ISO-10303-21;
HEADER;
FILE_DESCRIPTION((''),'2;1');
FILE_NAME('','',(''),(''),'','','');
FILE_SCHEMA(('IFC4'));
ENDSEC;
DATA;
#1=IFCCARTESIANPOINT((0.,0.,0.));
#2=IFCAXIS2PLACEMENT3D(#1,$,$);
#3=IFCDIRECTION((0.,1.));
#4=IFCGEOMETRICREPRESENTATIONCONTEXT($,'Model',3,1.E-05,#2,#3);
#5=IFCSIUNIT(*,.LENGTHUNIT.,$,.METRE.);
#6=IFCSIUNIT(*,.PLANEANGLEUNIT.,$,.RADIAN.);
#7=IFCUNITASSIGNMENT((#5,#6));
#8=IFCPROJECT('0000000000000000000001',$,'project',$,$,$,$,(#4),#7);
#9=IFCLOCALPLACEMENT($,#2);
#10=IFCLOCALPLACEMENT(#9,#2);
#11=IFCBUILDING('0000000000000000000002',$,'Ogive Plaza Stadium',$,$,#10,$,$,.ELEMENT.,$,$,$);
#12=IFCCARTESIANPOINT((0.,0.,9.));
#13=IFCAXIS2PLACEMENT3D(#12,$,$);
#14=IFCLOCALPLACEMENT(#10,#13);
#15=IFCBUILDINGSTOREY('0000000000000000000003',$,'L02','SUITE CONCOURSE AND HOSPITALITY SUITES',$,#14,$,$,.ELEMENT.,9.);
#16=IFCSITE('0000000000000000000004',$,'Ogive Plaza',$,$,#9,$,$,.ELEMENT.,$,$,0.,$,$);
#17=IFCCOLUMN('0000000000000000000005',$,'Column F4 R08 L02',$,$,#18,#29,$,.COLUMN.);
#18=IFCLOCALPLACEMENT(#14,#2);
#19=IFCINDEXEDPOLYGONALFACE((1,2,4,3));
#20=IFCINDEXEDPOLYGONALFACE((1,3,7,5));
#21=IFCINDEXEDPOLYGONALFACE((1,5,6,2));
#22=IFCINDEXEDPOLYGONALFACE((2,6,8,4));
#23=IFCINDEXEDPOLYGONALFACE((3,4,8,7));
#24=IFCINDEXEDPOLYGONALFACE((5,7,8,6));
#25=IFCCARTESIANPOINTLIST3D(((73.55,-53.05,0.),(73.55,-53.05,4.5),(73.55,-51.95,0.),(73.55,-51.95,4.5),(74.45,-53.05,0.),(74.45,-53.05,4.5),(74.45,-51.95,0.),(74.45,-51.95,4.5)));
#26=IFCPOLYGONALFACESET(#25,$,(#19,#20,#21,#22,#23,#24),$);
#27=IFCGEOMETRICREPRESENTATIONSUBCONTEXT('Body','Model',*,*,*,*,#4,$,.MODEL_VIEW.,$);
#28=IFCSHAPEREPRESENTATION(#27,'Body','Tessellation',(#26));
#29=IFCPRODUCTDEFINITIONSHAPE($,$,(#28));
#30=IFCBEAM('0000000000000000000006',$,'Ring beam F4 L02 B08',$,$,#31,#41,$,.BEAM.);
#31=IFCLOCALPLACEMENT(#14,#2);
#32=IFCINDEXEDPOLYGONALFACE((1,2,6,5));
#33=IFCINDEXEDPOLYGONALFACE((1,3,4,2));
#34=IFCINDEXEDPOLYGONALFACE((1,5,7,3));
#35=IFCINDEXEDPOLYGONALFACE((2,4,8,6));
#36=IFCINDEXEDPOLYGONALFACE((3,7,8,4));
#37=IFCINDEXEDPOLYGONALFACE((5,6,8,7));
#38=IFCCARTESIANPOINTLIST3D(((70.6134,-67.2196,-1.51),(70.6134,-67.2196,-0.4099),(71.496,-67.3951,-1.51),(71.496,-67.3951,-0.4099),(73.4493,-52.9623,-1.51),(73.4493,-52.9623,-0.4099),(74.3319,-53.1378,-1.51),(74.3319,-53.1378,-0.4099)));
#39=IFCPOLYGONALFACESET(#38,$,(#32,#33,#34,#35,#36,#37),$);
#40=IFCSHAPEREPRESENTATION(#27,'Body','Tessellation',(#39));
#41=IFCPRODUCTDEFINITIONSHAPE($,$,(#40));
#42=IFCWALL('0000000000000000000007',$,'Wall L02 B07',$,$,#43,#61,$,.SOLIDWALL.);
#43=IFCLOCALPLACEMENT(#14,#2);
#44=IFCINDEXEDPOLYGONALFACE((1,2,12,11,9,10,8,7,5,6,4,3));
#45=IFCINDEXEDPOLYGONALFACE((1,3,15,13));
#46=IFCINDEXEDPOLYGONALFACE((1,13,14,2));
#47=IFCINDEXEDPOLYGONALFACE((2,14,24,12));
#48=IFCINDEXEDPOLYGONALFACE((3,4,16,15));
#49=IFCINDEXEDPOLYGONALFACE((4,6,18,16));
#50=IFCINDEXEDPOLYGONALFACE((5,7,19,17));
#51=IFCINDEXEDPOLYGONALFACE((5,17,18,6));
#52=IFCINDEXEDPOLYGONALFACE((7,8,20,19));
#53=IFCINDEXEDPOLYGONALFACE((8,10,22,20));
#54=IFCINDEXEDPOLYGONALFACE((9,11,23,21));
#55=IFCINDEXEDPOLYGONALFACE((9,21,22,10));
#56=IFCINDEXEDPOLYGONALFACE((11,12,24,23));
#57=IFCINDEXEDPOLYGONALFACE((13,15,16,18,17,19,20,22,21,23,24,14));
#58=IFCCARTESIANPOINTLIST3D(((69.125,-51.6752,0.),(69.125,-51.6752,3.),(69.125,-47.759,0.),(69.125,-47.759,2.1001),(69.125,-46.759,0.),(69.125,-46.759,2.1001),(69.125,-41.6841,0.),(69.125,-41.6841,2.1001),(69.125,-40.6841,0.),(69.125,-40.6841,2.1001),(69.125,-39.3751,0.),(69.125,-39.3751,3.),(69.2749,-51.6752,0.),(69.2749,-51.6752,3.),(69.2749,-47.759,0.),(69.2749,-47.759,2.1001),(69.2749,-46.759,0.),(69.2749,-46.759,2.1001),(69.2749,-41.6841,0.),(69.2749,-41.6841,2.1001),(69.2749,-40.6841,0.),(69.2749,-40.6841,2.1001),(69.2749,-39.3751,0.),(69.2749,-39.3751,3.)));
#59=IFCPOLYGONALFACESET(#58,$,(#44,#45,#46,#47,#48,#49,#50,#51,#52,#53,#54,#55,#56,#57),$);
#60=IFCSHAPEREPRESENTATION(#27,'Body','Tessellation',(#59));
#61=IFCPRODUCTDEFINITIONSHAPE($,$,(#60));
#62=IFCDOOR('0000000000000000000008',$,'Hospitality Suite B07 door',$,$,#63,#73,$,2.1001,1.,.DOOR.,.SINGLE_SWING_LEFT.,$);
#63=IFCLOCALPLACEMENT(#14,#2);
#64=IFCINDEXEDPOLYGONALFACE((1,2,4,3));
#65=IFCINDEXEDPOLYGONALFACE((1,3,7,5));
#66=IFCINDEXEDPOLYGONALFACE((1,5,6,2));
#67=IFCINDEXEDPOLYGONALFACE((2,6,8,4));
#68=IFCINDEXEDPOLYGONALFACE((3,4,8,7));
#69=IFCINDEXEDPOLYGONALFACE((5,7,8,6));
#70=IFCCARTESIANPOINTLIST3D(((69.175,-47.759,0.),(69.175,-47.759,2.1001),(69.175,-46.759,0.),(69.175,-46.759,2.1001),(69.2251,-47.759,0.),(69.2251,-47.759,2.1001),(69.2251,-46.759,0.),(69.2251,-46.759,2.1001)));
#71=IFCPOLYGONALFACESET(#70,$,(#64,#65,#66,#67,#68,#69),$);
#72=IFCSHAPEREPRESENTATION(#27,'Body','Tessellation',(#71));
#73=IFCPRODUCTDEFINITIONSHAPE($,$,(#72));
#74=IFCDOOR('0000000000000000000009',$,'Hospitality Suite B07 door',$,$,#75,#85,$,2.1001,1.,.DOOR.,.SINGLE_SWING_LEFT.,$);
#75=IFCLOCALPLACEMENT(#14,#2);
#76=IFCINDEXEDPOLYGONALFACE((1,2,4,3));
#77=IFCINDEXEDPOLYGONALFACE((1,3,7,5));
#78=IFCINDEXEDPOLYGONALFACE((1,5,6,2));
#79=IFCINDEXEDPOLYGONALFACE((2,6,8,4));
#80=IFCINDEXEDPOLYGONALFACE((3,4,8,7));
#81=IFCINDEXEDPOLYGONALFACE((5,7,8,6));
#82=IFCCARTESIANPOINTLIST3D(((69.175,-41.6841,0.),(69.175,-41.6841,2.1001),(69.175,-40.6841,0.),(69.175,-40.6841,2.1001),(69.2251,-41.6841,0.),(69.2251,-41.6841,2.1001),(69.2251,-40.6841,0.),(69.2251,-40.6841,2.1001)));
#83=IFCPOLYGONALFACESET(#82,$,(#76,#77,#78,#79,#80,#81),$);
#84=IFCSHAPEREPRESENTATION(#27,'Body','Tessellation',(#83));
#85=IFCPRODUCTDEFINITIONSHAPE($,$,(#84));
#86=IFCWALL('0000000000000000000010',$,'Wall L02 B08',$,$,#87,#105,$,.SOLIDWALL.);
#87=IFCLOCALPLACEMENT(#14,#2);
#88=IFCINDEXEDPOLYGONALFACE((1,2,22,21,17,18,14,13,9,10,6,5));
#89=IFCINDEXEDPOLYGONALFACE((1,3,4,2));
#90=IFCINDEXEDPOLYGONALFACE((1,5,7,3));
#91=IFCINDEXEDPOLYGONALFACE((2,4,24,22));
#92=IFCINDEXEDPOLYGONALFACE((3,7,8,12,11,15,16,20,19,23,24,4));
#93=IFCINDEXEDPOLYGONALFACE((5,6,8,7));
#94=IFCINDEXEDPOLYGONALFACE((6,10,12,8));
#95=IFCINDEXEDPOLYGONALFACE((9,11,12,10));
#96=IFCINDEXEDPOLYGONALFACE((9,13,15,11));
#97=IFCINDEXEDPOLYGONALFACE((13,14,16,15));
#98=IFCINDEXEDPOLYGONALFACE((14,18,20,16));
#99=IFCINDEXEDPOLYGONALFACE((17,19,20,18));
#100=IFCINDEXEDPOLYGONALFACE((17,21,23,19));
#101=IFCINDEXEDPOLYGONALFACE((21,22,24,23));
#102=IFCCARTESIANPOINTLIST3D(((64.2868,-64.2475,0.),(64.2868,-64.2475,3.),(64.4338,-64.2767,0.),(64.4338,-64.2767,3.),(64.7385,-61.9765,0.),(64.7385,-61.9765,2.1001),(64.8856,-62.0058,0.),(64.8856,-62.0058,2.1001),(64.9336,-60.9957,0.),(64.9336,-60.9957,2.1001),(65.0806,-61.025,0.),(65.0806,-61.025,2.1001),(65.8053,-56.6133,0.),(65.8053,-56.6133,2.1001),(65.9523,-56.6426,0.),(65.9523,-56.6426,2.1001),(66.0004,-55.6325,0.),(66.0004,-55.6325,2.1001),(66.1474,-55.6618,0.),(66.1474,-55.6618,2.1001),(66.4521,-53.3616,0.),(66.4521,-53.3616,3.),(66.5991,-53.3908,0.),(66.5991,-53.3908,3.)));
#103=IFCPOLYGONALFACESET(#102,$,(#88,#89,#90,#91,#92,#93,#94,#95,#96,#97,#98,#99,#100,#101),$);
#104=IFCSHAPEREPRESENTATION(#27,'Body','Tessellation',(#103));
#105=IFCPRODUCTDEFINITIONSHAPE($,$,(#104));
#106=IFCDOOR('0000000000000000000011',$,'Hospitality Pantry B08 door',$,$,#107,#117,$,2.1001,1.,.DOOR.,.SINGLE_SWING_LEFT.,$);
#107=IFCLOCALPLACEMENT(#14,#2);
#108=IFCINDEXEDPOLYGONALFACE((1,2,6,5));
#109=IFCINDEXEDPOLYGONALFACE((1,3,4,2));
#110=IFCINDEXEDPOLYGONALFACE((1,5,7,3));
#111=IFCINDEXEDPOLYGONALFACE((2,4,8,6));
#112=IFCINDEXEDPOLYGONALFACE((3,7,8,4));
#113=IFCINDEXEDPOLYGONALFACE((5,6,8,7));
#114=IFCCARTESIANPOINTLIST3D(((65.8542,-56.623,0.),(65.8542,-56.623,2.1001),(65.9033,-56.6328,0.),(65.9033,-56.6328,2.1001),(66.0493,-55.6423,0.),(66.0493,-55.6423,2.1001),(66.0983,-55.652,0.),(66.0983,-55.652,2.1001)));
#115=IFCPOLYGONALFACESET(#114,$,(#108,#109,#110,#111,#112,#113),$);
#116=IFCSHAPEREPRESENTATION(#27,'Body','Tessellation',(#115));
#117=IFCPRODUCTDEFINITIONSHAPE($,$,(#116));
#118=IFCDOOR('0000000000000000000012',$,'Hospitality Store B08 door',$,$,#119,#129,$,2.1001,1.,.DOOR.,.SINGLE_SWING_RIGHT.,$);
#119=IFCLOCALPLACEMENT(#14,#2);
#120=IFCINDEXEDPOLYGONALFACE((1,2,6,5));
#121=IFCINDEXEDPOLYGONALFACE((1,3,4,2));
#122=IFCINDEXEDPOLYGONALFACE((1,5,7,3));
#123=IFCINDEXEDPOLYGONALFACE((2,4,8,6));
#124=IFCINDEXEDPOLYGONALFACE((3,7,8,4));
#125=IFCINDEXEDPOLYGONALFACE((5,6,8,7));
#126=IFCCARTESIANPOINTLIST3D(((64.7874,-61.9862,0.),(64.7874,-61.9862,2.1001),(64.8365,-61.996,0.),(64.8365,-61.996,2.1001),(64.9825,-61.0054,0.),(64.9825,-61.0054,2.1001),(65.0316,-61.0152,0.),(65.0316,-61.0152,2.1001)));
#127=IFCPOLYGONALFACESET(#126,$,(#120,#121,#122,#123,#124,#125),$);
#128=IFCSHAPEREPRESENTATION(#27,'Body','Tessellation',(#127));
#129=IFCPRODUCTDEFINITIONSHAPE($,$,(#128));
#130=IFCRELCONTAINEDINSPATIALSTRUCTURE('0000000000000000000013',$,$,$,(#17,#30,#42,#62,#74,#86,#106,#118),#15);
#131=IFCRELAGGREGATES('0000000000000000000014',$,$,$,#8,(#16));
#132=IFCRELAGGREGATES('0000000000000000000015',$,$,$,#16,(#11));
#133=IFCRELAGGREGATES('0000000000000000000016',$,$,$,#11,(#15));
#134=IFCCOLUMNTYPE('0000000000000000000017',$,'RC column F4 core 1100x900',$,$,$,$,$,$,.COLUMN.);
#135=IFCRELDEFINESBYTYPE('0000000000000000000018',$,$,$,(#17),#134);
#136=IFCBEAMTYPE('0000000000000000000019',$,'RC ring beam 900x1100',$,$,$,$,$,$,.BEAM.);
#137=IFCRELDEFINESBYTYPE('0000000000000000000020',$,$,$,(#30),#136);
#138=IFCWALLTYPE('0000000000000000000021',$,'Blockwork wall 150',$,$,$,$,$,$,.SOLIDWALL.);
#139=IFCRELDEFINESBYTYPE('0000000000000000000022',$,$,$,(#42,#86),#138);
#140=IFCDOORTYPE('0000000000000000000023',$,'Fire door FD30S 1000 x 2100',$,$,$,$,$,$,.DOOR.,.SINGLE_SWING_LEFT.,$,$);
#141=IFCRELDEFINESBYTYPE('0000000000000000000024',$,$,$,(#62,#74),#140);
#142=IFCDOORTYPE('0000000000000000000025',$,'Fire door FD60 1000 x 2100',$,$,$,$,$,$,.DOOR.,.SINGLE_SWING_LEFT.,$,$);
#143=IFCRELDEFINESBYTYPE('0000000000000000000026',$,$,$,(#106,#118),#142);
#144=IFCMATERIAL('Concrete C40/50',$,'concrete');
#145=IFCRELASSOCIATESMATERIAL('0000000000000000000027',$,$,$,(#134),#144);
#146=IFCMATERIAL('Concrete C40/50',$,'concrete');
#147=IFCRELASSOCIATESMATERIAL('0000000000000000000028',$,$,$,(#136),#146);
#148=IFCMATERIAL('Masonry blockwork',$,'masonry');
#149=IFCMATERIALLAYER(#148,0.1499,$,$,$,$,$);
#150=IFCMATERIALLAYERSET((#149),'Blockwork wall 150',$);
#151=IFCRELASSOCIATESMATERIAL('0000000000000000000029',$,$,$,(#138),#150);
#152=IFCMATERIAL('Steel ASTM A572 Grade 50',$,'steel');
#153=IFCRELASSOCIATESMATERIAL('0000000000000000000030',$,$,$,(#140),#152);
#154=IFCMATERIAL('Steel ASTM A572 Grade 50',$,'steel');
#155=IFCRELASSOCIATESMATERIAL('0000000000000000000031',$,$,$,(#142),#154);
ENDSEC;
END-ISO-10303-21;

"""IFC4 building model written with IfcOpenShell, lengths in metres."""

from ifc_helpers import new_model, si_unit, direction, frame, frame_2d, origin, origin_2d, place, context, subcontext, project, spatial, rectangle, extrude, material, layer, layer_set, material_profile, profile_set, type_object, element, fill, save


model = new_model("IFC4")

# Units and contexts
model_context = context("Model", 3, precision=1e-05, world=origin(), true_north=direction((0.0, 1.0)))
body_context = subcontext(model_context, "Body", "Model", "MODEL_VIEW")
ifc_project = project(units=[si_unit("LENGTHUNIT", "METRE"), si_unit("PLANEANGLEUNIT", "RADIAN")], contexts=[model_context])

# Site, building, storey
site_placement = place(None, origin())
site = spatial("IfcSite", under=ifc_project, at=site_placement, Name="Ogive Plaza", CompositionType="ELEMENT", RefElevation=0.0)
building_placement = place(site_placement, origin())
building = spatial("IfcBuilding", under=site, at=building_placement, Name="Ogive Plaza Stadium", CompositionType="ELEMENT")
storey_placement = place(building_placement, frame((0.0, 0.0, 9.0)))
storey = spatial("IfcBuildingStorey", under=building, at=storey_placement, Name="L02", Description="SUITE CONCOURSE AND HOSPITALITY SUITES", CompositionType="ELEMENT", Elevation=9.0)

# Column
ifc_material_1 = material(Name="Concrete C40/50", Category="concrete")
ifc_material_profile_1 = material_profile(ifc_material_1, rectangle(XDim=1.1001, YDim=0.8999, at=origin_2d()), Name="RC 1100x900")
ifc_profile_set_1 = profile_set([ifc_material_profile_1], Name="Concrete C40/50")
column_type = type_object("IfcColumnType", Name="RC column F4 core 1100x900", PredefinedType="COLUMN", material=ifc_profile_set_1)
column_placement = place(storey_placement, frame((74.0, -52.5, 0.0), z_axis=(0.0, 0.0, 1.0), x_axis=(0.0, 1.0, 0.0)))
element("IfcColumn", 1, at=column_placement, inside=storey, type_object=column_type, Name="Column F4 R08 L02", PredefinedType="COLUMN", context=body_context, shape_type="SweptSolid", body=[
    extrude(rectangle(XDim=1.1001, YDim=0.8999, at=origin_2d()), origin(), (0.0, 0.0, 1.0), 4.5),
])

# Beam
ifc_material_2 = material(Name="Concrete C40/50", Category="concrete")
ifc_material_profile_2 = material_profile(ifc_material_2, rectangle(XDim=0.8999, YDim=1.1001, at=origin_2d()), Name="RC 900x1100")
ifc_profile_set_2 = profile_set([ifc_material_profile_2], Name="Concrete C40/50")
beam_type = type_object("IfcBeamType", Name="RC ring beam 900x1100", PredefinedType="BEAM", material=ifc_profile_set_2)
beam_placement = place(storey_placement, frame((73.8906, -53.05, -0.96), z_axis=(-0.195089, -0.980786, 0.0), x_axis=(0.980786, -0.195089, 0.0)))
element("IfcBeam", 2, at=beam_placement, inside=storey, type_object=beam_type, Name="Ring beam F4 L02 B08", PredefinedType="BEAM", context=body_context, shape_type="SweptSolid", body=[
    extrude(rectangle(XDim=0.8999, YDim=1.1001, at=origin_2d()), origin(), (0.0, 0.0, 1.0), 14.5366),
])

# Walls, openings, doors
ifc_material_3 = material(Name="Masonry blockwork", Category="masonry")
ifc_layer_1 = layer(ifc_material_3, 0.1499)
ifc_layer_set_1 = layer_set([ifc_layer_1], Name="Blockwork wall 150")
wall_type_1 = type_object("IfcWallType", Name="Blockwork wall 150", PredefinedType="SOLIDWALL", material=ifc_layer_set_1)
wall_1_placement = place(storey_placement, frame((69.2, -51.675, 0.0), z_axis=(0.0, 0.0, 1.0), x_axis=(0.0, 1.0, 0.0)))
wall_1 = element("IfcWall", 3, at=wall_1_placement, inside=storey, type_object=wall_type_1, Name="Wall L02 B07", PredefinedType="SOLIDWALL", context=body_context, shape_type="SweptSolid", body=[
    extrude(rectangle(XDim=12.3, YDim=0.1499, at=frame_2d((6.1499, 0.0))), origin(), (0.0, 0.0, 1.0), 3.0),
])
opening_1_placement = place(wall_1_placement, frame((3.916, 0.0, 0.0)))
opening_1 = element("IfcOpeningElement", 4, at=opening_1_placement, cuts=wall_1, PredefinedType="OPENING", context=body_context, shape_type="SweptSolid", body=[
    extrude(rectangle(XDim=1.0, YDim=2.1001, at=frame_2d((0.5, 1.05))), frame((0.0, 0.075, 0.0), z_axis=(0.0, -1.0, 0.0), x_axis=(1.0, 0.0, 0.0)), (0.0, 0.0, 1.0), 0.1499),
])
opening_2_placement = place(wall_1_placement, frame((9.991, 0.0, 0.0)))
opening_2 = element("IfcOpeningElement", 5, at=opening_2_placement, cuts=wall_1, PredefinedType="OPENING", context=body_context, shape_type="SweptSolid", body=[
    extrude(rectangle(XDim=1.0, YDim=2.1001, at=frame_2d((0.5, 1.05))), frame((0.0, 0.075, 0.0), z_axis=(0.0, -1.0, 0.0), x_axis=(1.0, 0.0, 0.0)), (0.0, 0.0, 1.0), 0.1499),
])
ifc_material_4 = material(Name="Steel ASTM A572 Grade 50", Category="steel")
door_type_1 = type_object("IfcDoorType", Name="Fire door FD30S 1000 x 2100", OperationType="SINGLE_SWING_LEFT", PredefinedType="DOOR", material=ifc_material_4)
door_1_placement = place(opening_1_placement, origin())
door_1 = element("IfcDoor", 6, at=door_1_placement, inside=storey, type_object=door_type_1, Name="Hospitality Suite B07 door", OperationType="SINGLE_SWING_LEFT", OverallHeight=2.1001, OverallWidth=1.0, PredefinedType="DOOR", context=body_context, shape_type="SweptSolid", body=[
    extrude(rectangle(XDim=1.0, YDim=2.1001, at=frame_2d((0.5, 1.05))), frame((0.0, 0.0249, 0.0), z_axis=(0.0, -1.0, 0.0), x_axis=(1.0, 0.0, 0.0)), (0.0, 0.0, 1.0), 0.05),
])
fill(opening_1, door_1)
door_2_placement = place(opening_2_placement, origin())
door_2 = element("IfcDoor", 7, at=door_2_placement, inside=storey, type_object=door_type_1, Name="Hospitality Suite B07 door", OperationType="SINGLE_SWING_LEFT", OverallHeight=2.1001, OverallWidth=1.0, PredefinedType="DOOR", context=body_context, shape_type="SweptSolid", body=[
    extrude(rectangle(XDim=1.0, YDim=2.1001, at=frame_2d((0.5, 1.05))), frame((0.0, 0.0249, 0.0), z_axis=(0.0, -1.0, 0.0), x_axis=(1.0, 0.0, 0.0)), (0.0, 0.0, 1.0), 0.05),
])
fill(opening_2, door_2)
wall_2_placement = place(storey_placement, frame((66.5256, -53.3762, 0.0), z_axis=(0.0, 0.0, 1.0), x_axis=(-0.195088, -0.980786, 0.0)))
wall_2 = element("IfcWall", 8, at=wall_2_placement, inside=storey, type_object=wall_type_1, Name="Wall L02 B08", PredefinedType="SOLIDWALL", context=body_context, shape_type="SweptSolid", body=[
    extrude(rectangle(XDim=11.0991, YDim=0.1499, at=frame_2d((5.5496, 0.0))), origin(), (0.0, 0.0, 1.0), 3.0),
])
opening_3_placement = place(wall_2_placement, frame((2.3154, 0.0, 0.0)))
opening_3 = element("IfcOpeningElement", 9, at=opening_3_placement, cuts=wall_2, PredefinedType="OPENING", context=body_context, shape_type="SweptSolid", body=[
    extrude(rectangle(XDim=1.0, YDim=2.1001, at=frame_2d((0.5, 1.05))), frame((0.0, 0.075, 0.0), z_axis=(0.0, -1.0, 0.0), x_axis=(1.0, 0.0, 0.0)), (0.0, 0.0, 1.0), 0.1499),
])
opening_4_placement = place(wall_2_placement, frame((7.7837, 0.0, 0.0)))
opening_4 = element("IfcOpeningElement", 10, at=opening_4_placement, cuts=wall_2, PredefinedType="OPENING", context=body_context, shape_type="SweptSolid", body=[
    extrude(rectangle(XDim=1.0, YDim=2.1001, at=frame_2d((0.5, 1.05))), frame((0.0, 0.075, 0.0), z_axis=(0.0, -1.0, 0.0), x_axis=(1.0, 0.0, 0.0)), (0.0, 0.0, 1.0), 0.1499),
])
ifc_material_5 = material(Name="Steel ASTM A572 Grade 50", Category="steel")
door_type_2 = type_object("IfcDoorType", Name="Fire door FD60 1000 x 2100", OperationType="SINGLE_SWING_LEFT", PredefinedType="DOOR", material=ifc_material_5)
door_3_placement = place(opening_3_placement, origin())
door_3 = element("IfcDoor", 11, at=door_3_placement, inside=storey, type_object=door_type_2, Name="Hospitality Pantry B08 door", OperationType="SINGLE_SWING_LEFT", OverallHeight=2.1001, OverallWidth=1.0, PredefinedType="DOOR", context=body_context, shape_type="SweptSolid", body=[
    extrude(rectangle(XDim=1.0, YDim=2.1001, at=frame_2d((0.5, 1.05))), frame((0.0, 0.0249, 0.0), z_axis=(0.0, -1.0, 0.0), x_axis=(1.0, 0.0, 0.0)), (0.0, 0.0, 1.0), 0.05),
])
fill(opening_3, door_3)
door_4_placement = place(opening_4_placement, origin())
door_4 = element("IfcDoor", 12, at=door_4_placement, inside=storey, type_object=door_type_2, Name="Hospitality Store B08 door", OperationType="SINGLE_SWING_RIGHT", OverallHeight=2.1001, OverallWidth=1.0, PredefinedType="DOOR", context=body_context, shape_type="SweptSolid", body=[
    extrude(rectangle(XDim=1.0, YDim=2.1001, at=frame_2d((0.5, 1.05))), frame((0.0, 0.0249, 0.0), z_axis=(0.0, -1.0, 0.0), x_axis=(1.0, 0.0, 0.0)), (0.0, 0.0, 1.0), 0.05),
])
fill(opening_4, door_4)

save(model, "model.ifc")
